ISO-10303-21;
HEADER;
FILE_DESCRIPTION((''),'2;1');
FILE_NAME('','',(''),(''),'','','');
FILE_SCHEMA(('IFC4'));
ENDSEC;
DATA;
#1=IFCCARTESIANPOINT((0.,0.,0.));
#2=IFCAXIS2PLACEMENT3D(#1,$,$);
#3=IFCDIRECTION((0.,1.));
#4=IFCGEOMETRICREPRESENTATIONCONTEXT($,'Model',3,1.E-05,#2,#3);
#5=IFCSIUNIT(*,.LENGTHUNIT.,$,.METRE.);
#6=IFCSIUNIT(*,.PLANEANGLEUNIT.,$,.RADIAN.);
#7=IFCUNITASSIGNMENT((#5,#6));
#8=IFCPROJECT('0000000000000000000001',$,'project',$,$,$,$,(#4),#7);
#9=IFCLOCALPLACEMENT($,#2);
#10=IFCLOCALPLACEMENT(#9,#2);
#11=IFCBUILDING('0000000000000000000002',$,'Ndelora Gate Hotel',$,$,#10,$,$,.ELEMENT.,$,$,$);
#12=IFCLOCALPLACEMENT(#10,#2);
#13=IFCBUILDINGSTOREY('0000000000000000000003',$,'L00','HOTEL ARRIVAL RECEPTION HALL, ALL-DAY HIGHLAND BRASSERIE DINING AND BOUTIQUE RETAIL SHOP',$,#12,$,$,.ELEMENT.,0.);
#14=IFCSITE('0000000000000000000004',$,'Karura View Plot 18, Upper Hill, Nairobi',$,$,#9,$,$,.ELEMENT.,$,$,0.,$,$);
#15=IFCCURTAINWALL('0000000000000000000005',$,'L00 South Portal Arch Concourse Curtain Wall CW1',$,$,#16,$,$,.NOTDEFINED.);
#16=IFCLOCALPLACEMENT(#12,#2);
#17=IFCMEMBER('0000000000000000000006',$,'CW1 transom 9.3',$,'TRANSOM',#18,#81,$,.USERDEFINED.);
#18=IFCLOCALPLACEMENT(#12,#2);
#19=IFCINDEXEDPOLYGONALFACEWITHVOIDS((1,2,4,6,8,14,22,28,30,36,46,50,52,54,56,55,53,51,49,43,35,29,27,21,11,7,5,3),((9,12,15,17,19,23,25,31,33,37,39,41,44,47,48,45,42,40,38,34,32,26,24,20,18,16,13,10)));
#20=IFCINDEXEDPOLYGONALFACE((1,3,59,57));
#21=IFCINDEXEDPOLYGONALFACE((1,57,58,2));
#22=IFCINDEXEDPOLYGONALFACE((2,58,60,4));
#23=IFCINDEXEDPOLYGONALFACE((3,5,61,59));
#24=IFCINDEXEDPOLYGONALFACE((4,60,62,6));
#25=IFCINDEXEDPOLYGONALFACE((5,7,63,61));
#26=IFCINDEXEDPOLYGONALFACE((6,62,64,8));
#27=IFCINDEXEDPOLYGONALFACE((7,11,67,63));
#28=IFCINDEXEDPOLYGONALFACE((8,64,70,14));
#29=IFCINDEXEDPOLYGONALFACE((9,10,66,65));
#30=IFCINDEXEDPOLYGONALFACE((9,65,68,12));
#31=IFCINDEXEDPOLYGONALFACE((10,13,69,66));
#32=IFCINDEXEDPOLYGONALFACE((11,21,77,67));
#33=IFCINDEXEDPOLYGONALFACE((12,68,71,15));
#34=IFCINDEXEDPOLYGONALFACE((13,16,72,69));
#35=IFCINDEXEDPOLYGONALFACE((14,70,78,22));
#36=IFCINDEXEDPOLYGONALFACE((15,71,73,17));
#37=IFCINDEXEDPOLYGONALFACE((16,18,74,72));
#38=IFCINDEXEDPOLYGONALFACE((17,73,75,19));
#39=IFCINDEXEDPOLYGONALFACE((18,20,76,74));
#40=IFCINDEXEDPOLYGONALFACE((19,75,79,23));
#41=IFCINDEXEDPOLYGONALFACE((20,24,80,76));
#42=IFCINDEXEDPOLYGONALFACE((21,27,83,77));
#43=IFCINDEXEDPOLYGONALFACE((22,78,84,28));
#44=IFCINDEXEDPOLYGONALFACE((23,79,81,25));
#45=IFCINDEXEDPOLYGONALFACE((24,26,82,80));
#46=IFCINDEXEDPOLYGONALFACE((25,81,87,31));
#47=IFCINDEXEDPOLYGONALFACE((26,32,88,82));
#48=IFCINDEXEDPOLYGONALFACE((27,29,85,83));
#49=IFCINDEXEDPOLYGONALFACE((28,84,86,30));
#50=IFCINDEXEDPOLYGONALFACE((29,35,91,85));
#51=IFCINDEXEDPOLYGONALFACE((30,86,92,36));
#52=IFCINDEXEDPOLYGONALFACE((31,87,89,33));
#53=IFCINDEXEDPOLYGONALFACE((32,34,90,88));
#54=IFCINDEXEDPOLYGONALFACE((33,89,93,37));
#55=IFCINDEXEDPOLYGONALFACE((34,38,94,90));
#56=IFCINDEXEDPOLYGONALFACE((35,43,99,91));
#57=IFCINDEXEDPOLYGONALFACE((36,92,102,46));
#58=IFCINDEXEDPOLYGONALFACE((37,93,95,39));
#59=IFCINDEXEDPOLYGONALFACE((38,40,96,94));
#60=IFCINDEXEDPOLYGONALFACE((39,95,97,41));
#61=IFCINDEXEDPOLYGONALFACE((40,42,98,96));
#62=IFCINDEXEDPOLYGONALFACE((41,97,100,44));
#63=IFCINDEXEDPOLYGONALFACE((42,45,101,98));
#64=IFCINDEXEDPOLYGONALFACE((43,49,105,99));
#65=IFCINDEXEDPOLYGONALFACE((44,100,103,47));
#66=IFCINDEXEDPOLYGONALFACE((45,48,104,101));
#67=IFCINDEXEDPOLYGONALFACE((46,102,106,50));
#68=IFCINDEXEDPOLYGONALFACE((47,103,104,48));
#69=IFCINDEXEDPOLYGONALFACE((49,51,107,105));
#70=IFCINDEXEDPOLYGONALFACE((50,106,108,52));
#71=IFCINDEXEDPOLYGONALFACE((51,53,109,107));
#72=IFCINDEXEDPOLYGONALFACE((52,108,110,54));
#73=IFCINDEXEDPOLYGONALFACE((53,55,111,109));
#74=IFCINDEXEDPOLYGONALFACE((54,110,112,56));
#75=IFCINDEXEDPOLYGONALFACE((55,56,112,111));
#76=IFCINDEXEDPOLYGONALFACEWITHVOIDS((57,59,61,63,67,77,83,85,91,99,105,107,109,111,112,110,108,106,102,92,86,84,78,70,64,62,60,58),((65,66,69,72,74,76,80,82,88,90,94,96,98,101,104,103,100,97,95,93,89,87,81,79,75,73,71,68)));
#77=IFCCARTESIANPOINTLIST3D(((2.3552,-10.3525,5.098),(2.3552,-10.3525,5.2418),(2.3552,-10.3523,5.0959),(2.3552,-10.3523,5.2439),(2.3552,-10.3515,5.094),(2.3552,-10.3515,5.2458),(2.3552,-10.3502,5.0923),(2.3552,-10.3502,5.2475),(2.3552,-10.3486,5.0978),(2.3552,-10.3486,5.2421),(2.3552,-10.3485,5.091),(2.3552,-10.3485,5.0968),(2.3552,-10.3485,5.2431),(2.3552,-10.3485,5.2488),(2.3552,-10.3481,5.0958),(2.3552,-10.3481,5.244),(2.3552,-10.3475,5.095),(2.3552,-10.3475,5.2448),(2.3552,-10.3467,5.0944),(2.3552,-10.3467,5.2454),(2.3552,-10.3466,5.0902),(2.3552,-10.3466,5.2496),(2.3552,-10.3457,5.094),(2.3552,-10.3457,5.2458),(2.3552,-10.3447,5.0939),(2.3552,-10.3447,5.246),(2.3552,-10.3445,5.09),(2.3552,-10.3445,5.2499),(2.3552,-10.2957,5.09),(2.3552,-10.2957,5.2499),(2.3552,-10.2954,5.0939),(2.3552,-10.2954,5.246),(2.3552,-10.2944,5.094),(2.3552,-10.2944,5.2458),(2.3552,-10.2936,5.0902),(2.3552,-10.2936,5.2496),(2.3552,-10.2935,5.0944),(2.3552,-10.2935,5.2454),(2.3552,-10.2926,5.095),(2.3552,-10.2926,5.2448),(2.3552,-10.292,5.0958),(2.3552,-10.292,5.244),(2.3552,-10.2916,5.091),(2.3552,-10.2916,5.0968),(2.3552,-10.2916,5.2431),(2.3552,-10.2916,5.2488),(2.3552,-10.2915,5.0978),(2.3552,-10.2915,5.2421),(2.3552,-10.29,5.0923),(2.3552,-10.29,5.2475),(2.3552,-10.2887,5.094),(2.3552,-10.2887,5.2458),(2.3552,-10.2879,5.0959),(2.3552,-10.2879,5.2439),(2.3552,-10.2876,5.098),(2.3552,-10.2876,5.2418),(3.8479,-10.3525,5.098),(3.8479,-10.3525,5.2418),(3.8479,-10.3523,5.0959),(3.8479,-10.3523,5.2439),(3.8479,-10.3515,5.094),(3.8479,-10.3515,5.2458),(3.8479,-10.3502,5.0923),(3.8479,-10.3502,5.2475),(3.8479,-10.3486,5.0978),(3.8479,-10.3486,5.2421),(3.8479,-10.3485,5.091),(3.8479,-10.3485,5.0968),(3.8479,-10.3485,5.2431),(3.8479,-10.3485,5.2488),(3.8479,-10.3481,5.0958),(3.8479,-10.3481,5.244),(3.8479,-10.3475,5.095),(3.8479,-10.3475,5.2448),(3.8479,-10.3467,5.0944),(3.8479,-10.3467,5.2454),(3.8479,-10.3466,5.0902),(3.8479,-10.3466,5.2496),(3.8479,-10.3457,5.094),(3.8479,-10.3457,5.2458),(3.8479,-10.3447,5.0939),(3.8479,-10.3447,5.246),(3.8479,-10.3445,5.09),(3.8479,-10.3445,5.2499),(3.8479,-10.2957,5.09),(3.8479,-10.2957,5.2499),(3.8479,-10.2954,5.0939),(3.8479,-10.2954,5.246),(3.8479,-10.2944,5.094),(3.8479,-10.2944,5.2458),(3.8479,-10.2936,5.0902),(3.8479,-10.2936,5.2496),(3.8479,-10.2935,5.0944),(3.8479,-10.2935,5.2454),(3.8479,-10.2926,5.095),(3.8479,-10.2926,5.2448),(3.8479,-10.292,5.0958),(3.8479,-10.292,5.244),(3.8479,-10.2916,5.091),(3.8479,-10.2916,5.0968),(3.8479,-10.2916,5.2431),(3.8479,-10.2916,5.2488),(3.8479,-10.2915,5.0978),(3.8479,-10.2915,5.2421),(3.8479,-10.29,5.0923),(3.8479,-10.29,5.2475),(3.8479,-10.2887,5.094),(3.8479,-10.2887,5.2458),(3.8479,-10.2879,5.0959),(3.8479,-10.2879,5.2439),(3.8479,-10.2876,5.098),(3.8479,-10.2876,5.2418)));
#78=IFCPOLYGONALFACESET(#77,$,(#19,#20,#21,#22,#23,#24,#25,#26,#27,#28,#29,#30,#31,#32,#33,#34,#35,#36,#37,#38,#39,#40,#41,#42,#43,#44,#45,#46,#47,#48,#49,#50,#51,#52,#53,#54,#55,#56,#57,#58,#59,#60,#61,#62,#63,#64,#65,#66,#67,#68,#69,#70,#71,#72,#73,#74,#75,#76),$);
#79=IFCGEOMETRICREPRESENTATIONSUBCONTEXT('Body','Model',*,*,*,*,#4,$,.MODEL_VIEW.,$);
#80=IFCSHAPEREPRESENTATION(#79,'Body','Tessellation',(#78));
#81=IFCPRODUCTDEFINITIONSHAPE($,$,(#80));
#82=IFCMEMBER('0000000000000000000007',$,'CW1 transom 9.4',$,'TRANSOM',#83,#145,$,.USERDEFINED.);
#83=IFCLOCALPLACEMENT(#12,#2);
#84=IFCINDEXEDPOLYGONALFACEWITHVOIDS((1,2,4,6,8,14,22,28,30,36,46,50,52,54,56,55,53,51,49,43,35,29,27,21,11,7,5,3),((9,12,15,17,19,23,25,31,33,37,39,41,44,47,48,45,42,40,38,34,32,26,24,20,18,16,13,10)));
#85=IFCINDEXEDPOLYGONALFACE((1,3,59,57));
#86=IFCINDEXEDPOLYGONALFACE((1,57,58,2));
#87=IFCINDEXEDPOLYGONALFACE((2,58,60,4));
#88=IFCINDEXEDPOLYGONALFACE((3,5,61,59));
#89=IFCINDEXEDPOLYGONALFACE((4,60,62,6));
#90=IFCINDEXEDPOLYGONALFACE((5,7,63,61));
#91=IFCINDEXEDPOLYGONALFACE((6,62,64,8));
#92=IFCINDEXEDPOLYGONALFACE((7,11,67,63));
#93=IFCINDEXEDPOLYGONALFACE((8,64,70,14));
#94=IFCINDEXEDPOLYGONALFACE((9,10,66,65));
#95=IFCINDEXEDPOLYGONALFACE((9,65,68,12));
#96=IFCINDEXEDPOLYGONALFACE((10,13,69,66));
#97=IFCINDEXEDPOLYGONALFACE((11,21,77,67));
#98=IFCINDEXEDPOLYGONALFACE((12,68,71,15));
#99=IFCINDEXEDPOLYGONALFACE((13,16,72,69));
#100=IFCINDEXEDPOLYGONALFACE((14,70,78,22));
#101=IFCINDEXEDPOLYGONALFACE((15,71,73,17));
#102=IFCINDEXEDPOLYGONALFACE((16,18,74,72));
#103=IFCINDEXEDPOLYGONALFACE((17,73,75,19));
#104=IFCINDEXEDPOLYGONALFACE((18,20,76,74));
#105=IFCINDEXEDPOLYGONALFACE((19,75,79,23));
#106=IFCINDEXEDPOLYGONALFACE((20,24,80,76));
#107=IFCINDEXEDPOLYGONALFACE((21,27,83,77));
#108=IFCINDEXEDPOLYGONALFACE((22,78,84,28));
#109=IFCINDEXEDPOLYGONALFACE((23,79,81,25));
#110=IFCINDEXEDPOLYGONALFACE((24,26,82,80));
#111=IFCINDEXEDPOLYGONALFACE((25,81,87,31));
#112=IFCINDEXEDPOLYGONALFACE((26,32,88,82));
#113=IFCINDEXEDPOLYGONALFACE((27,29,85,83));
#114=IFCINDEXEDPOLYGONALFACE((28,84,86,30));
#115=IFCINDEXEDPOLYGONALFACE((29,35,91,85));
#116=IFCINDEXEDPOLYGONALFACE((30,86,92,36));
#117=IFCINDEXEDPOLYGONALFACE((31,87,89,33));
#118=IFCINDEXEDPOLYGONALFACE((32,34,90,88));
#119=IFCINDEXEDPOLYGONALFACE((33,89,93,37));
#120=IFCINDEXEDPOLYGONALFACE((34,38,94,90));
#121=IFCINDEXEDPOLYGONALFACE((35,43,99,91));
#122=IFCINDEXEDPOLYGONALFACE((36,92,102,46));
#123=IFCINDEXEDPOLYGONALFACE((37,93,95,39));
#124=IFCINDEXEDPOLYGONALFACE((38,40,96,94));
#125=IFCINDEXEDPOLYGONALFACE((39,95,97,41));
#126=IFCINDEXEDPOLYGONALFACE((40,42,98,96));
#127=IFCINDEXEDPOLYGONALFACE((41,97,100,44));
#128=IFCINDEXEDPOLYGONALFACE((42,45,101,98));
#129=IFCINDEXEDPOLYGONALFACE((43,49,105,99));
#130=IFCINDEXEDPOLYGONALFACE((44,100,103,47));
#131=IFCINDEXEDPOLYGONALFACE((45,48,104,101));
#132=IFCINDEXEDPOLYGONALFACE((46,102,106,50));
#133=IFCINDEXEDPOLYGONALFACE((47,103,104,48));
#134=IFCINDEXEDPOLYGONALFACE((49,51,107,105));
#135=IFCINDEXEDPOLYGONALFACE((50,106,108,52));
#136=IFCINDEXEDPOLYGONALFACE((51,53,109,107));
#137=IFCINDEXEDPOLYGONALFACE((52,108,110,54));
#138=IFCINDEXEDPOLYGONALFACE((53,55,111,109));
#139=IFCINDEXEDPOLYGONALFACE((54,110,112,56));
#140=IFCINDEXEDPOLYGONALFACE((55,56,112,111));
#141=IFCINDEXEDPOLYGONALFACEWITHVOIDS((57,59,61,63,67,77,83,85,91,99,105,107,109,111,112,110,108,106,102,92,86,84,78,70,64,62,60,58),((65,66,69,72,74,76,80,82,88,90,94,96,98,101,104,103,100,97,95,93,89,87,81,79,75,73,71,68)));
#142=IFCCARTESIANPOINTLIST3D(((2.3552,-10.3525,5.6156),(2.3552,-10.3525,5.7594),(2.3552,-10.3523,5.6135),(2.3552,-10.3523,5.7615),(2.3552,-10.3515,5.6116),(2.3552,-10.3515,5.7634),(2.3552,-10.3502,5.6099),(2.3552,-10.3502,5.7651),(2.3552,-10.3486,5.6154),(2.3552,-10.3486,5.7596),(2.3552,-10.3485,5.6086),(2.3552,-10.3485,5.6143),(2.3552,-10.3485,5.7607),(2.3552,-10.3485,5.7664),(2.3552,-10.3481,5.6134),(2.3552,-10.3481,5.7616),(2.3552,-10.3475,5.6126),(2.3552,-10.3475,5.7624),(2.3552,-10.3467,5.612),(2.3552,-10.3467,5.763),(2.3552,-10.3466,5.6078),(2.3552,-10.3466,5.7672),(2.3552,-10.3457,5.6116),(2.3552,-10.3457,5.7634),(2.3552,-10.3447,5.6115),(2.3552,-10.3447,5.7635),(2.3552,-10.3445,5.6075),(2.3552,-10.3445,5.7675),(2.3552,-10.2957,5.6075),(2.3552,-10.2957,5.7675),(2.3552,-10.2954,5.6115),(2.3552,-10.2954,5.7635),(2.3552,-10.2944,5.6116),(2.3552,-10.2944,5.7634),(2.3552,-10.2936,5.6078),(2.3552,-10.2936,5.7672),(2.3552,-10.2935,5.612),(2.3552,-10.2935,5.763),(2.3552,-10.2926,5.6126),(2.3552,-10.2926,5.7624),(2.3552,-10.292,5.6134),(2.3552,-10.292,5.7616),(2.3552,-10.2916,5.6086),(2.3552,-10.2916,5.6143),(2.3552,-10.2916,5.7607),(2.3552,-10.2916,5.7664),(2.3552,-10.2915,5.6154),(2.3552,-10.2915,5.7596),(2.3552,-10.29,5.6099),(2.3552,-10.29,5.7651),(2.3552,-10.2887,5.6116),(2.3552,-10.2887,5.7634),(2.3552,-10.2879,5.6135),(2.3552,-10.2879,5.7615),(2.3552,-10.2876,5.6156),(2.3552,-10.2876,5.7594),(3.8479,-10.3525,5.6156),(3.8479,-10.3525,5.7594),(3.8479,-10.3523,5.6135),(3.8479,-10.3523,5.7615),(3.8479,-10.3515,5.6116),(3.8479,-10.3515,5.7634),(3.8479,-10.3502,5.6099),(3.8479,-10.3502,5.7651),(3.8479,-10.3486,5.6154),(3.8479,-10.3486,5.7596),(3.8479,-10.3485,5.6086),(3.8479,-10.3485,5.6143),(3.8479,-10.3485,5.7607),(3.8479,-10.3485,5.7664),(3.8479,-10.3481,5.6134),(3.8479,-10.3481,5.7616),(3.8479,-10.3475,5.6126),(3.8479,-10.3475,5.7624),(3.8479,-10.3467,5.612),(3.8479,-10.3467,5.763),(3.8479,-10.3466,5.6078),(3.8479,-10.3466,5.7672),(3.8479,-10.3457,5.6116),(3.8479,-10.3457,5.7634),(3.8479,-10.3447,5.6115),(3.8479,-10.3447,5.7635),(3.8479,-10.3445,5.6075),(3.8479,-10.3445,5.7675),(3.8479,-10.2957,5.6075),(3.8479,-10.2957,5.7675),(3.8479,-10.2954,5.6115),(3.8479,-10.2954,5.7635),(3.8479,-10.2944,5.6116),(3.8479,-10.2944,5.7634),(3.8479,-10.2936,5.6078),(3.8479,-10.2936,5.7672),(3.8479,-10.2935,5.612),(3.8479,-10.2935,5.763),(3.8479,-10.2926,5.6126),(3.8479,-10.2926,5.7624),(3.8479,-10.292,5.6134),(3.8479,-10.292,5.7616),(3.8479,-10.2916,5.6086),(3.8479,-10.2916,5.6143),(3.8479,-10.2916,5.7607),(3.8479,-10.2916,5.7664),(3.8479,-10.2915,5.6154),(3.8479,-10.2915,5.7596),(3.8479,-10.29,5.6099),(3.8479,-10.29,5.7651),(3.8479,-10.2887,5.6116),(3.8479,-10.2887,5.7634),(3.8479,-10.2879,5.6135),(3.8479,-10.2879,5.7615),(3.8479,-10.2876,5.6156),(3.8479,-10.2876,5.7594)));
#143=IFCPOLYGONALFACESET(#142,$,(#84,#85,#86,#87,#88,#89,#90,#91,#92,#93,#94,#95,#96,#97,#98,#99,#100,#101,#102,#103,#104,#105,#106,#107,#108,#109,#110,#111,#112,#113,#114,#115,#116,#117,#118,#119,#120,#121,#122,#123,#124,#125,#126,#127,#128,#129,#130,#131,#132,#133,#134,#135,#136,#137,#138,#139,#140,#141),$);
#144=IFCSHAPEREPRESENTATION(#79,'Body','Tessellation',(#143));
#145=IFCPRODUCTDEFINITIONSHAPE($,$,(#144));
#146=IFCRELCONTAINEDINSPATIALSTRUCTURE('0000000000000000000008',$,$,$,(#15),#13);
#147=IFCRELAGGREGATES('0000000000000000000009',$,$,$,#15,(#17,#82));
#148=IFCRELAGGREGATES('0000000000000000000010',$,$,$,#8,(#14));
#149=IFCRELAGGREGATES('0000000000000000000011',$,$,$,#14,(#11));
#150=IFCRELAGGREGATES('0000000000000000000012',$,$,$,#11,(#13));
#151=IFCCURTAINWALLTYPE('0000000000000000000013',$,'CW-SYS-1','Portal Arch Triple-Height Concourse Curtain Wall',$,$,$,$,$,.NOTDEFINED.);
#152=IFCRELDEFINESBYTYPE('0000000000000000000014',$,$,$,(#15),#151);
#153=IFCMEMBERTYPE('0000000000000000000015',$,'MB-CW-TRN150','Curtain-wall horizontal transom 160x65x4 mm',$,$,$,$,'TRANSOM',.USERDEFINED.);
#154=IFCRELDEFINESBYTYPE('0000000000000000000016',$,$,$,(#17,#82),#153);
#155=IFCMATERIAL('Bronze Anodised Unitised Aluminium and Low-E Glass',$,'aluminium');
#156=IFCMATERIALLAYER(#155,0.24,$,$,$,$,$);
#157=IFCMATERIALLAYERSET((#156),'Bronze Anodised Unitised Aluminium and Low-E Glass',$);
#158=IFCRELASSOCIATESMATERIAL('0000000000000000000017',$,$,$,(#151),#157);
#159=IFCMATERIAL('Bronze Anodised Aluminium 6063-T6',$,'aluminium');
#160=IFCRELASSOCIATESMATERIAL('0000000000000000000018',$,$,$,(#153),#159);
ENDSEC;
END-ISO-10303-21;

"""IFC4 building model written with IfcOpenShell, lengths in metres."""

from ifc_helpers import new_model, si_unit, direction, frame, origin, origin_2d, place, context, subcontext, project, spatial, hollow_rectangle, extrude, material, layer, layer_set, material_profile, profile_set, type_object, element, aggregate, save


model = new_model("IFC4")

# Units and contexts
model_context = context("Model", 3, precision=1e-05, world=origin(), true_north=direction((0.0, 1.0)))
body_context = subcontext(model_context, "Body", "Model", "MODEL_VIEW")
ifc_project = project(units=[si_unit("LENGTHUNIT", "METRE"), si_unit("PLANEANGLEUNIT", "RADIAN")], contexts=[model_context])

# Site, building, storey
site_placement = place(None, origin())
site = spatial("IfcSite", under=ifc_project, at=site_placement, Name="Karura View Plot 18, Upper Hill, Nairobi", CompositionType="ELEMENT", RefElevation=0.0)
building_placement = place(site_placement, origin())
building = spatial("IfcBuilding", under=site, at=building_placement, Name="Ndelora Gate Hotel", CompositionType="ELEMENT")
storey_placement = place(building_placement, origin())
storey = spatial("IfcBuildingStorey", under=building, at=storey_placement, Name="L00", Description="HOTEL ARRIVAL RECEPTION HALL, ALL-DAY HIGHLAND BRASSERIE DINING AND BOUTIQUE RETAIL SHOP", CompositionType="ELEMENT", Elevation=0.0)

# Curtain wall, members
ifc_material_1 = material(Name="Bronze Anodised Unitised Aluminium and Low-E Glass", Category="aluminium")
ifc_layer_1 = layer(ifc_material_1, 0.24)
ifc_layer_set_1 = layer_set([ifc_layer_1], Name="Bronze Anodised Unitised Aluminium and Low-E Glass")
curtain_wall_type = type_object("IfcCurtainWallType", Name="CW-SYS-1", Description="Portal Arch Triple-Height Concourse Curtain Wall", PredefinedType="NOTDEFINED", material=ifc_layer_set_1)
curtain_wall_placement = place(storey_placement, origin())
curtain_wall = element("IfcCurtainWall", 1, at=curtain_wall_placement, inside=storey, type_object=curtain_wall_type, Name="L00 South Portal Arch Concourse Curtain Wall CW1", PredefinedType="NOTDEFINED")
ifc_material_2 = material(Name="Bronze Anodised Aluminium 6063-T6", Category="aluminium")
ifc_material_profile_1 = material_profile(ifc_material_2, hollow_rectangle(XDim=0.0649, YDim=0.1599, WallThickness=0.0039, InnerFilletRadius=0.0039, OuterFilletRadius=0.0081, at=origin_2d()), Name="ALU 160x65x4")
ifc_profile_set_1 = profile_set([ifc_material_profile_1], Name="Bronze Anodised Aluminium 6063-T6")
member_type_1 = type_object("IfcMemberType", Name="MB-CW-TRN150", Description="Curtain-wall horizontal transom 160x65x4 mm", ElementType="TRANSOM", PredefinedType="USERDEFINED", material=ifc_profile_set_1)
member_1_placement = place(storey_placement, frame((2.3552, -10.3201, 5.1699), z_axis=(1.0, 0.0, 0.0), x_axis=(0.0, 1.0, 0.0)))
member_1 = element("IfcMember", 2, at=member_1_placement, type_object=member_type_1, Name="CW1 transom 9.3", ObjectType="TRANSOM", PredefinedType="USERDEFINED", context=body_context, shape_type="SweptSolid", body=[
    extrude(hollow_rectangle(XDim=0.0649, YDim=0.1599, WallThickness=0.0039, InnerFilletRadius=0.0039, OuterFilletRadius=0.0081, at=origin_2d()), origin(), (0.0, 0.0, 1.0), 1.4927),
])
member_2_placement = place(storey_placement, frame((2.3552, -10.3201, 5.6875), z_axis=(1.0, 0.0, 0.0), x_axis=(0.0, 1.0, 0.0)))
member_2 = element("IfcMember", 3, at=member_2_placement, type_object=member_type_1, Name="CW1 transom 9.4", ObjectType="TRANSOM", PredefinedType="USERDEFINED", context=body_context, shape_type="SweptSolid", body=[
    extrude(hollow_rectangle(XDim=0.0649, YDim=0.1599, WallThickness=0.0039, InnerFilletRadius=0.0039, OuterFilletRadius=0.0081, at=origin_2d()), origin(), (0.0, 0.0, 1.0), 1.4927),
])
aggregate(curtain_wall, [member_1, member_2])

save(model, "model.ifc")
